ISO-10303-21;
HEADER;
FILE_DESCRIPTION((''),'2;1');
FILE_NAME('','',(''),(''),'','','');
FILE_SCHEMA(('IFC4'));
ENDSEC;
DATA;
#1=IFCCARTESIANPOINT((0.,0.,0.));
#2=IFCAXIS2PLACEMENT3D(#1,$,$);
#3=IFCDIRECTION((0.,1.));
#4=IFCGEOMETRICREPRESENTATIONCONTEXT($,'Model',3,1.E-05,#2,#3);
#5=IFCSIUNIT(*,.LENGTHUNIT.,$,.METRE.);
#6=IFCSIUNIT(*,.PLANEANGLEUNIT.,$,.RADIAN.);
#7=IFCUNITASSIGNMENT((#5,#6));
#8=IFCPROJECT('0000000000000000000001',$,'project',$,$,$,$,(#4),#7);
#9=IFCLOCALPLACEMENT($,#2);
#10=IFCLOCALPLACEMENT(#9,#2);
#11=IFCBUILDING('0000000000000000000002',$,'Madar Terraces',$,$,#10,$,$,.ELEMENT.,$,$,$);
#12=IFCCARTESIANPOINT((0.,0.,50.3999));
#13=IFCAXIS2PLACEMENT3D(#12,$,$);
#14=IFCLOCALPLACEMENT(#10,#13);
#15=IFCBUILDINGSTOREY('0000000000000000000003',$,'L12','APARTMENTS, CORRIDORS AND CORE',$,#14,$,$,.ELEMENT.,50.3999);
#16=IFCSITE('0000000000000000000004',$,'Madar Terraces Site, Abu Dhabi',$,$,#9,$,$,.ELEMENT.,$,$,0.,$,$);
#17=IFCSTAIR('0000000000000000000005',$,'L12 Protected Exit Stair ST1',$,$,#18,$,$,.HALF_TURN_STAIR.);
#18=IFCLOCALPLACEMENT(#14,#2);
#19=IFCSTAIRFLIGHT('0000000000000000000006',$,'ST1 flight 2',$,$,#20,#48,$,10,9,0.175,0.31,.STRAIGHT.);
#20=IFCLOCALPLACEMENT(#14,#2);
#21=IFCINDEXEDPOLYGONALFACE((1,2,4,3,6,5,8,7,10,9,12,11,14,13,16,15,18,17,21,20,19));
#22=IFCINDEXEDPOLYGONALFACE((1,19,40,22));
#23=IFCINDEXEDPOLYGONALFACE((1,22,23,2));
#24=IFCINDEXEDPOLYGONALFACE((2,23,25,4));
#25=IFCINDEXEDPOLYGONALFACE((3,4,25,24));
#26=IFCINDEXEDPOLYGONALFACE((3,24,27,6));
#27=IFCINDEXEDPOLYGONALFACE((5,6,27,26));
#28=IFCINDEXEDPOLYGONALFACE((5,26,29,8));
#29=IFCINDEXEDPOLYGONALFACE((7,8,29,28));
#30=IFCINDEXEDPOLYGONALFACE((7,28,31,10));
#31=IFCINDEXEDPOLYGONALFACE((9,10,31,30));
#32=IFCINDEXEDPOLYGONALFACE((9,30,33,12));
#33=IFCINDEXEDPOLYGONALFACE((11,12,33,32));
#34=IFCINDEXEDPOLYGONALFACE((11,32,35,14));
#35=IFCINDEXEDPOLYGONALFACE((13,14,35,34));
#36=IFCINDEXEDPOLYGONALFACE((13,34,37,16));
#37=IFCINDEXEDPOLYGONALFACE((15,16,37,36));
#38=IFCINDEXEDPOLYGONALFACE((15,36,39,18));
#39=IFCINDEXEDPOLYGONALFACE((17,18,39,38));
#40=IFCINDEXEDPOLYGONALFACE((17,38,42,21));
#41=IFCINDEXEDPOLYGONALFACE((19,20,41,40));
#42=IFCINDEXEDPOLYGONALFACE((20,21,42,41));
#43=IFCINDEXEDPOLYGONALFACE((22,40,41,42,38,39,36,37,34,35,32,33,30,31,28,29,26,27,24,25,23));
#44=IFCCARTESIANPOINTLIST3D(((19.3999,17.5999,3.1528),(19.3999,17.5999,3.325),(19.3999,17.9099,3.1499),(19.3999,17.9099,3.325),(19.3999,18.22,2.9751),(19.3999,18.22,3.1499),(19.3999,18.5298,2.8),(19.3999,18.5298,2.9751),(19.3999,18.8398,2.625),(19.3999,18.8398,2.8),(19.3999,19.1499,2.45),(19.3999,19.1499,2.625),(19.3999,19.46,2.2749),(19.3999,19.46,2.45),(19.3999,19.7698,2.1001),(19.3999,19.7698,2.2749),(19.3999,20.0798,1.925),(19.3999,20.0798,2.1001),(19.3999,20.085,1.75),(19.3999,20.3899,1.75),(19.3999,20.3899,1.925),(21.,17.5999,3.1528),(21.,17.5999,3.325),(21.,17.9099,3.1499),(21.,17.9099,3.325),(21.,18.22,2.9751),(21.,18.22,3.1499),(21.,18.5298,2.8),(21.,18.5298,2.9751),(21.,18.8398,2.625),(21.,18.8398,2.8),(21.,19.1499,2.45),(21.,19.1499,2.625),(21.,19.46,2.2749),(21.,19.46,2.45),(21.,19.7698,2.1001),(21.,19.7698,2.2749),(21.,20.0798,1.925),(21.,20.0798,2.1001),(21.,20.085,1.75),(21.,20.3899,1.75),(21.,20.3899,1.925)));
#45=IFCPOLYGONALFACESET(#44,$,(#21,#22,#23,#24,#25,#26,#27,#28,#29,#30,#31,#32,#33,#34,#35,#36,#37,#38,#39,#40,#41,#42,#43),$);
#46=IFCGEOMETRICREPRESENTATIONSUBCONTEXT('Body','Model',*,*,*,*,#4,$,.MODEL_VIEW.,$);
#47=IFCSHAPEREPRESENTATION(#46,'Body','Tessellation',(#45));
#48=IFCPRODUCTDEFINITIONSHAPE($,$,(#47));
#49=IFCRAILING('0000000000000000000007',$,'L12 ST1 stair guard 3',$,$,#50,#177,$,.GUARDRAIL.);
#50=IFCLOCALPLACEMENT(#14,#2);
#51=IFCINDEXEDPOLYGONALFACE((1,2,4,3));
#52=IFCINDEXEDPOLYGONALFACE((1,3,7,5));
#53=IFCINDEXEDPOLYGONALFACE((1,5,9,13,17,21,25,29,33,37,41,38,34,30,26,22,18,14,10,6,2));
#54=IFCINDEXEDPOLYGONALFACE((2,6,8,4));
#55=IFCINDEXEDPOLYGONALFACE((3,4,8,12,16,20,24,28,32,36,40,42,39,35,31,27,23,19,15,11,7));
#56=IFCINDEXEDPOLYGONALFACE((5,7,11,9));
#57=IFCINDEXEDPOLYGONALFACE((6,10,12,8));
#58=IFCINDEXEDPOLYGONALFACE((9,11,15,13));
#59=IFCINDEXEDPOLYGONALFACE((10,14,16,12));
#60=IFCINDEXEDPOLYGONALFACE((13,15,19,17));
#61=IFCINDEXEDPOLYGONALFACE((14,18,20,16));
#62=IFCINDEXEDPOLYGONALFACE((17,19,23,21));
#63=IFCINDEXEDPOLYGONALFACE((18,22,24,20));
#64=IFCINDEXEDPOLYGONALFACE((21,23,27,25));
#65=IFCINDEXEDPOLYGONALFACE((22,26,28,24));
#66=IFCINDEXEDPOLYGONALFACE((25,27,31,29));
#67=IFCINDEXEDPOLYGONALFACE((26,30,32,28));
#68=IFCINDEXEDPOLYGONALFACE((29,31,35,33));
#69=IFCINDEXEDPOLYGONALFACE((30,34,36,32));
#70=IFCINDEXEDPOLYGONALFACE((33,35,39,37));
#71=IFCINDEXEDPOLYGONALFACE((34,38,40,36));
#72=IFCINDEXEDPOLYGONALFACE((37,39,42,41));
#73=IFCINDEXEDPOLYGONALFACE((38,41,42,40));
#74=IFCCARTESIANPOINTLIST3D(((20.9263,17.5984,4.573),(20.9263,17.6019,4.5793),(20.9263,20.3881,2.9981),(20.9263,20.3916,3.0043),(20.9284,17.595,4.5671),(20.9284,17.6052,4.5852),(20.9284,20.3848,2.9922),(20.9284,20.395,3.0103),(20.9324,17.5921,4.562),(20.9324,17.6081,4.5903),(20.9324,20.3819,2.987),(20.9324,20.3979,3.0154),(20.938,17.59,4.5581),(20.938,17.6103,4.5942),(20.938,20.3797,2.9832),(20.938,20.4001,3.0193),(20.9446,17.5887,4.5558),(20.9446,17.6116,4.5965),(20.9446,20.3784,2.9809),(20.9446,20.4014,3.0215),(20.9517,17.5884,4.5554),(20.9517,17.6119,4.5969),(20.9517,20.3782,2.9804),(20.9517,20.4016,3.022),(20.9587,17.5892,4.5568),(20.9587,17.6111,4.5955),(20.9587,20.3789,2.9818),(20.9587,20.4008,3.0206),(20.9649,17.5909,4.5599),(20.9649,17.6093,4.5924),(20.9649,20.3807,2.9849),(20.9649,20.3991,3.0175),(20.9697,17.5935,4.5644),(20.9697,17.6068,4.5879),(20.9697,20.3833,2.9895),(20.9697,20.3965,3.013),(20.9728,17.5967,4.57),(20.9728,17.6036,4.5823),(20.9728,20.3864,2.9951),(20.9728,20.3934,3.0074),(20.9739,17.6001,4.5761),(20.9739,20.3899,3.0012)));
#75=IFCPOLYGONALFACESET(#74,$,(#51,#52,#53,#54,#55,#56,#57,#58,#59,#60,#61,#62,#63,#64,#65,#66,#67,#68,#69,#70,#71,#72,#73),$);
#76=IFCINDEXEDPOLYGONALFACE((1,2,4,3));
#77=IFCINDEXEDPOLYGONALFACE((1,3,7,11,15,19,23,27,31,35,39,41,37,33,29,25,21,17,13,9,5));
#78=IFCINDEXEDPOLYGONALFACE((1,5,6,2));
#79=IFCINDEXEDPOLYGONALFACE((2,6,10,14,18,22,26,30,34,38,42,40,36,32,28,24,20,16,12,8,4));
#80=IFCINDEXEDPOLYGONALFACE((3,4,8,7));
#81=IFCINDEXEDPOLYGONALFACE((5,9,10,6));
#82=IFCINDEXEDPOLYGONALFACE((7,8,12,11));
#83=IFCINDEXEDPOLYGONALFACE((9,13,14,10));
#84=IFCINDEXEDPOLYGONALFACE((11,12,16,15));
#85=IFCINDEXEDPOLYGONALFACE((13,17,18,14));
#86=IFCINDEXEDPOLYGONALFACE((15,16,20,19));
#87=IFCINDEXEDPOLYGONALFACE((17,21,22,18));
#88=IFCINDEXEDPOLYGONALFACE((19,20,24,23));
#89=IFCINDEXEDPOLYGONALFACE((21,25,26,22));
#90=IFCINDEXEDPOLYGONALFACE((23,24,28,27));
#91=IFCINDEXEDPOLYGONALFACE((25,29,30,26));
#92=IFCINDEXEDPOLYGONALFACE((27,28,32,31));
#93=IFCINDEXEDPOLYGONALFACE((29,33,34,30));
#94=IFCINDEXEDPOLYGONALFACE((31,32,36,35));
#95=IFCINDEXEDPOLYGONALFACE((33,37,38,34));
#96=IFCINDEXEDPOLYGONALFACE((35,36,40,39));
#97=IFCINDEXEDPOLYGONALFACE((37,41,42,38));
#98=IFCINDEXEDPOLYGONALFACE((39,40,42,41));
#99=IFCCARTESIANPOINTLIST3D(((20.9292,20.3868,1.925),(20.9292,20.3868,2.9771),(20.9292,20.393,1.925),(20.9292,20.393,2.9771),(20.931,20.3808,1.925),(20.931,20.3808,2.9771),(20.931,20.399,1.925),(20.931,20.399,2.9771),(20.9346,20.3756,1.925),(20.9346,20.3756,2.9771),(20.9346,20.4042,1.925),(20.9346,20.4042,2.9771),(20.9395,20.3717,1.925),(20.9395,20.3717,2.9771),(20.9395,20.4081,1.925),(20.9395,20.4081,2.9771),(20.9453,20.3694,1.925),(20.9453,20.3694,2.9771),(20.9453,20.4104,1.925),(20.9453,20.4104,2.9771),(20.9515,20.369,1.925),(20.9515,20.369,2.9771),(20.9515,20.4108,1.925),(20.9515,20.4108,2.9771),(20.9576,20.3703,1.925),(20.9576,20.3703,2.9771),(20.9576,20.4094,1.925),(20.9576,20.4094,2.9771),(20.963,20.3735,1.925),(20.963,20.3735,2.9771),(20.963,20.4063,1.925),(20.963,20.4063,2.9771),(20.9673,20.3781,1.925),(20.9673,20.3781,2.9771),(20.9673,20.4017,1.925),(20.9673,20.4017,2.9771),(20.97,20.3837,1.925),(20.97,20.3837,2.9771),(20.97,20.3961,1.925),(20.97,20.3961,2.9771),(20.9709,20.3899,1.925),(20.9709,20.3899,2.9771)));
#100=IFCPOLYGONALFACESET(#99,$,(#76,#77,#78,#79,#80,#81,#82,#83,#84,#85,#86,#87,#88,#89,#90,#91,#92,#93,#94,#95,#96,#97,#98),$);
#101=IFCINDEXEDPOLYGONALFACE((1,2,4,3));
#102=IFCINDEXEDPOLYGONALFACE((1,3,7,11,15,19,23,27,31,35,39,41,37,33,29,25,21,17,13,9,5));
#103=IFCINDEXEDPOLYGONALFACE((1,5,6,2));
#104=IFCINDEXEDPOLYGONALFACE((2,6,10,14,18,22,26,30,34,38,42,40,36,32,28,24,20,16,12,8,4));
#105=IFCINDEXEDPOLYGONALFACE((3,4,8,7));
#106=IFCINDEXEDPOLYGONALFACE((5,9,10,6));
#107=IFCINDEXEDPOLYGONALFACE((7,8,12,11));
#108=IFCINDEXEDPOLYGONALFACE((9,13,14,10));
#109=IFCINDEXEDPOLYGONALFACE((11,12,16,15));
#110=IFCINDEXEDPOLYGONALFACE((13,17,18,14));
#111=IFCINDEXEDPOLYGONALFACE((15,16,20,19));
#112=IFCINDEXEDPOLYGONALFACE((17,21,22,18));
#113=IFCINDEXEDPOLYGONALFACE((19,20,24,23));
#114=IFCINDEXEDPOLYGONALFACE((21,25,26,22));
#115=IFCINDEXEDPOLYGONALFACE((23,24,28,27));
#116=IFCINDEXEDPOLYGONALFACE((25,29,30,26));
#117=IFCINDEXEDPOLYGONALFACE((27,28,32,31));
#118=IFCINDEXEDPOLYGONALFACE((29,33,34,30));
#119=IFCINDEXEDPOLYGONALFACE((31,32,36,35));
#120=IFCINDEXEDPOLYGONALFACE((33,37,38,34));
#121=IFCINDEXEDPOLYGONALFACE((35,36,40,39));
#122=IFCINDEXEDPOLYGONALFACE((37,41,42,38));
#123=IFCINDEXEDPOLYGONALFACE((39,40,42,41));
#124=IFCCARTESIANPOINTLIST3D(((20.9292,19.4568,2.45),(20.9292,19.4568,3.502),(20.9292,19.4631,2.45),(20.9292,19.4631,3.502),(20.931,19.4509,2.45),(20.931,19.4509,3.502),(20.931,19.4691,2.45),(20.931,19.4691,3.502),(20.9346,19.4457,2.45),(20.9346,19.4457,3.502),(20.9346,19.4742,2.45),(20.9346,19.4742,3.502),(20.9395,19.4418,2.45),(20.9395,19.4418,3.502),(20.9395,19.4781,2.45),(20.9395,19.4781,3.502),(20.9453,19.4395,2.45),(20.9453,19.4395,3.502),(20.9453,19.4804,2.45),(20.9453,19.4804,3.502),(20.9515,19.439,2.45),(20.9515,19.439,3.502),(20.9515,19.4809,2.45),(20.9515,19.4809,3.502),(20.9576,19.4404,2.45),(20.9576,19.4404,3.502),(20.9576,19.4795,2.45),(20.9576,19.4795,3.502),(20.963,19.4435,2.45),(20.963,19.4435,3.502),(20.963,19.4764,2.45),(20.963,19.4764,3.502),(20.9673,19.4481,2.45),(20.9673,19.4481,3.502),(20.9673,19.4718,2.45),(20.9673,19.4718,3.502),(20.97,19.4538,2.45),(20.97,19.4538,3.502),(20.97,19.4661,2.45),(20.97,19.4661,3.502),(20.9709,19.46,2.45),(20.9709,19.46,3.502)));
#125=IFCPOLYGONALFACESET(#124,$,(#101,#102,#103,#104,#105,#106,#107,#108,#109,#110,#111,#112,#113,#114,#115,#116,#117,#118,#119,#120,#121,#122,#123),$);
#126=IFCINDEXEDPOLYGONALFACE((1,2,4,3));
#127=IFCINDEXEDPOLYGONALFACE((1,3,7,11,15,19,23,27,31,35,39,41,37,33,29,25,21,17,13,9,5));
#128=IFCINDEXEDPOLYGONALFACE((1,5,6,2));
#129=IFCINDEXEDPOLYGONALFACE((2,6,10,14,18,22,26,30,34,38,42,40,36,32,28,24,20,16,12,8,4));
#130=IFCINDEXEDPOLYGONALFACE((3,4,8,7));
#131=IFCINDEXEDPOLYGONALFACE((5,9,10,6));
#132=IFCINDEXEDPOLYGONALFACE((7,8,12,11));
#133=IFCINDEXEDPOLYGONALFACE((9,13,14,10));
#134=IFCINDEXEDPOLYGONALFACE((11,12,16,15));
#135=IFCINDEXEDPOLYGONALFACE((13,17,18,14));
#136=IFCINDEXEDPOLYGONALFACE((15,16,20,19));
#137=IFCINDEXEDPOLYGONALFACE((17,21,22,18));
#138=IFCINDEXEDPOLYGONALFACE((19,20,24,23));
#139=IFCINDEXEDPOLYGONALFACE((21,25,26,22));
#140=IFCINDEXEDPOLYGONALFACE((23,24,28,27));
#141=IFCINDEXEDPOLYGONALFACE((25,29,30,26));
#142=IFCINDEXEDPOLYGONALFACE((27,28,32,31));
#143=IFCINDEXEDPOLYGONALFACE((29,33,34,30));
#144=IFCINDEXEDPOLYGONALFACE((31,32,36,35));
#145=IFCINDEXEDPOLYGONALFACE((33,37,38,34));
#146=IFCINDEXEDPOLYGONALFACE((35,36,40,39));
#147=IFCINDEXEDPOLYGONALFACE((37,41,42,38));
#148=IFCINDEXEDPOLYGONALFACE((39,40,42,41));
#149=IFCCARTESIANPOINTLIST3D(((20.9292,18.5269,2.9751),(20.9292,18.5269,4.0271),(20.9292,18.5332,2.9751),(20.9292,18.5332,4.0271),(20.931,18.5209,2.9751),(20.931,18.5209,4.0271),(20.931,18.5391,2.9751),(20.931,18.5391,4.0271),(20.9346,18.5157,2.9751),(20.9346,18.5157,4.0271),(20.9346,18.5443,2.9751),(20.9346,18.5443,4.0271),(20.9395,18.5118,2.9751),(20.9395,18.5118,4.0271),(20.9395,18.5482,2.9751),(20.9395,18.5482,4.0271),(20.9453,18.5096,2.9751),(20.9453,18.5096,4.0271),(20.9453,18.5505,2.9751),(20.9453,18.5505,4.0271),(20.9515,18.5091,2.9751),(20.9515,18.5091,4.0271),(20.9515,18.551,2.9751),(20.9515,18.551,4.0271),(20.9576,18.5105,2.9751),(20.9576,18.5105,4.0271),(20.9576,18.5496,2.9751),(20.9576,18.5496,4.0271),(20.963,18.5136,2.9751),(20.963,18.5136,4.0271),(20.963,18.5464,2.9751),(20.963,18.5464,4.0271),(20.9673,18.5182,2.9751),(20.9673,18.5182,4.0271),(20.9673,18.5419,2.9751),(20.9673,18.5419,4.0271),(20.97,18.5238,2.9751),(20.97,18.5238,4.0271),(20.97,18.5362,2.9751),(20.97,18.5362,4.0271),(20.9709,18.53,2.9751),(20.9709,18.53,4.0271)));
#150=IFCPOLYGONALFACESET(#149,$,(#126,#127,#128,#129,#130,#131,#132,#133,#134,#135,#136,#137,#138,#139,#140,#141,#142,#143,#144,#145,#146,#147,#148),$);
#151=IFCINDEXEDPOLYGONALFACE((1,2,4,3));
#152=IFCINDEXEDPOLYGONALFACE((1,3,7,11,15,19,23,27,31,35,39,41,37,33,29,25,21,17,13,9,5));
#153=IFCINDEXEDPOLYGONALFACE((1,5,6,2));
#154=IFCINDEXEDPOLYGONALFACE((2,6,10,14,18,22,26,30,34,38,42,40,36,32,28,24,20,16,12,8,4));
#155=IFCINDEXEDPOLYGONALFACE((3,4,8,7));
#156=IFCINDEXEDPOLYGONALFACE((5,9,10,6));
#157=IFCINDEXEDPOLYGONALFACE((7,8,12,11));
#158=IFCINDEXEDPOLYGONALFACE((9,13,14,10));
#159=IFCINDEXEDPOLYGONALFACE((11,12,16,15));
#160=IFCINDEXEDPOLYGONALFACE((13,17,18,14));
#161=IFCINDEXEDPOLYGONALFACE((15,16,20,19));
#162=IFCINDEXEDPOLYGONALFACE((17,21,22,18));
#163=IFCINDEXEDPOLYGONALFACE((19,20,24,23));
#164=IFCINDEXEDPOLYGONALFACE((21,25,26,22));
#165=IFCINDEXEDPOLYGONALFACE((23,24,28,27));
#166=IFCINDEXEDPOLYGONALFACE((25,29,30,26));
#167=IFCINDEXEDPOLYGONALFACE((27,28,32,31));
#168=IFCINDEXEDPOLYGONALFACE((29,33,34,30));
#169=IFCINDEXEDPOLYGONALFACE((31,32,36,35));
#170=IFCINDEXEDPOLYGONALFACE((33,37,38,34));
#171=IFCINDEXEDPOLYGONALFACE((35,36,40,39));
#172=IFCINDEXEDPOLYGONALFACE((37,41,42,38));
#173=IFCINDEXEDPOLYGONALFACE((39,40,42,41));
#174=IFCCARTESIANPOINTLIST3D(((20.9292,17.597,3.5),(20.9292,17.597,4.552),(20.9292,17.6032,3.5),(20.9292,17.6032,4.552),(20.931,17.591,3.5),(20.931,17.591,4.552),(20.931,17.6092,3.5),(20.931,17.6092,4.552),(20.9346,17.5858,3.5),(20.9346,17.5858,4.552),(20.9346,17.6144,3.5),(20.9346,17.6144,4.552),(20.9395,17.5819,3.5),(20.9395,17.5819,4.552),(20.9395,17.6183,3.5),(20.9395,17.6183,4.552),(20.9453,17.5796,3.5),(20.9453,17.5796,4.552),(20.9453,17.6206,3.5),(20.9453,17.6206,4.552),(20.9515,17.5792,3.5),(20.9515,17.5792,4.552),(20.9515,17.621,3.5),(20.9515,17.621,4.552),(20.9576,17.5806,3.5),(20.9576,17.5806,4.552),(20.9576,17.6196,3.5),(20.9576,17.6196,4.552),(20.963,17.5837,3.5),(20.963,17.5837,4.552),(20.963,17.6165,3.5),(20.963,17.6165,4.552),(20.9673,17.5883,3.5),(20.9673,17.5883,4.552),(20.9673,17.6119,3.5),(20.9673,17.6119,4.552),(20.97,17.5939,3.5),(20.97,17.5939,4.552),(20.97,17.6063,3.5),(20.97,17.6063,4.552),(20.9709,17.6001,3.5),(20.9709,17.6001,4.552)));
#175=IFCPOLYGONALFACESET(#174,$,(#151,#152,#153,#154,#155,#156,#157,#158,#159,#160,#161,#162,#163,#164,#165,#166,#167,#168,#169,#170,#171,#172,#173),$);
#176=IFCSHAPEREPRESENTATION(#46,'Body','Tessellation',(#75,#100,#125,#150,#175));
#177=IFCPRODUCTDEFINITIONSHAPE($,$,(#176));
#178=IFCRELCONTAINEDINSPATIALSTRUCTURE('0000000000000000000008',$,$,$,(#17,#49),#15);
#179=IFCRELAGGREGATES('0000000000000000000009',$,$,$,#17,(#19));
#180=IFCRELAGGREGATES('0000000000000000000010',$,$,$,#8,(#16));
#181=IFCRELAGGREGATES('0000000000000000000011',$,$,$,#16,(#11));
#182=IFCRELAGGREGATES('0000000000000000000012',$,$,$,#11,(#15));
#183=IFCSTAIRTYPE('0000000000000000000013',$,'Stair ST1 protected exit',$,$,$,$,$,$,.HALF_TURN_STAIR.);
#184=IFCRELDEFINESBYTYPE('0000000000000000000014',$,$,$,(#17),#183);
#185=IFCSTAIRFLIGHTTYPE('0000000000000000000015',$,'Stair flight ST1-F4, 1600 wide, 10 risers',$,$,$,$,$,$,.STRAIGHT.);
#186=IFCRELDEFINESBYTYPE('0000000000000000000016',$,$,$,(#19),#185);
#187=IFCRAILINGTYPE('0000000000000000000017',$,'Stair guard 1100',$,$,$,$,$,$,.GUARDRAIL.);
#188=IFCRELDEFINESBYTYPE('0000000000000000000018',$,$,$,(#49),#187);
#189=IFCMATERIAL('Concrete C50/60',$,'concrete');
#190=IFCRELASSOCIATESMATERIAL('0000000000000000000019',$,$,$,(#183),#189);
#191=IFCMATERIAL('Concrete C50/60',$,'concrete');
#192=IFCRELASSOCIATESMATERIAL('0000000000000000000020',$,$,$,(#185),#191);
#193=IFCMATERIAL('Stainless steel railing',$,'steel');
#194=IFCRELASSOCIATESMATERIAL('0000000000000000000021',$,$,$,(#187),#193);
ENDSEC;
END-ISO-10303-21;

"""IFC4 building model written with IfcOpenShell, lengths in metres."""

from ifc_helpers import new_model, si_unit, direction, frame, origin, origin_2d, place, context, subcontext, project, spatial, polyline, circle, outline, extrude, material, type_object, element, aggregate, save


model = new_model("IFC4")

# Units and contexts
model_context = context("Model", 3, precision=1e-05, world=origin(), true_north=direction((0.0, 1.0)))
body_context = subcontext(model_context, "Body", "Model", "MODEL_VIEW")
ifc_project = project(units=[si_unit("LENGTHUNIT", "METRE"), si_unit("PLANEANGLEUNIT", "RADIAN")], contexts=[model_context])

# Site, building, storey
site_placement = place(None, origin())
site = spatial("IfcSite", under=ifc_project, at=site_placement, Name="Madar Terraces Site, Abu Dhabi", CompositionType="ELEMENT", RefElevation=0.0)
building_placement = place(site_placement, origin())
building = spatial("IfcBuilding", under=site, at=building_placement, Name="Madar Terraces", CompositionType="ELEMENT")
storey_placement = place(building_placement, frame((0.0, 0.0, 50.3999)))
storey = spatial("IfcBuildingStorey", under=building, at=storey_placement, Name="L12", Description="APARTMENTS, CORRIDORS AND CORE", CompositionType="ELEMENT", Elevation=50.3999)

# Stair, stair flight
ifc_material_1 = material(Name="Concrete C50/60", Category="concrete")
stair_type = type_object("IfcStairType", Name="Stair ST1 protected exit", PredefinedType="HALF_TURN_STAIR", material=ifc_material_1)
stair_placement = place(storey_placement, origin())
stair = element("IfcStair", 1, at=stair_placement, inside=storey, type_object=stair_type, Name="L12 Protected Exit Stair ST1", PredefinedType="HALF_TURN_STAIR")
ifc_material_2 = material(Name="Concrete C50/60", Category="concrete")
stair_flight_type = type_object("IfcStairFlightType", Name="Stair flight ST1-F4, 1600 wide, 10 risers", PredefinedType="STRAIGHT", material=ifc_material_2)
stair_flight_placement = place(storey_placement, frame((20.2, 20.3899, 1.75), z_axis=(0.0, 0.0, 1.0), x_axis=(0.0, -1.0, 0.0)))
stair_flight = element("IfcStairFlight", 2, at=stair_flight_placement, type_object=stair_flight_type, Name="ST1 flight 2", NumberOfRisers=10, NumberOfTreads=9, PredefinedType="STRAIGHT", RiserHeight=0.175, TreadLength=0.31, context=body_context, shape_type="SweptSolid", body=[
    extrude(outline(polyline([(0.0, 0.0), (0.0, 0.175), (0.3101, 0.175), (0.3101, 0.3501), (0.6201, 0.3501), (0.6201, 0.5249), (0.9299, 0.5249), (0.9299, 0.7), (1.24, 0.7), (1.24, 0.875), (1.55, 0.875), (1.55, 1.05), (1.8601, 1.05), (1.8601, 1.2251), (2.1699, 1.2251), (2.1699, 1.3999), (2.48, 1.3999), (2.48, 1.575), (2.79, 1.575), (2.79, 1.75), (2.79, 1.4028), (0.3049, 0.0), (0.0, 0.0)])), frame((0.0, 0.8, 0.0), z_axis=(0.0, -1.0, 0.0), x_axis=(1.0, 0.0, 0.0)), (0.0, 0.0, 1.0), 1.6001),
])
aggregate(stair, [stair_flight])

# Railing
ifc_material_3 = material(Name="Stainless steel railing", Category="steel")
railing_type_1 = type_object("IfcRailingType", Name="Stair guard 1100", PredefinedType="GUARDRAIL", material=ifc_material_3)
railing_1_placement = place(storey_placement, frame((20.95, 20.3899, 1.925)))
element("IfcRailing", 3, at=railing_1_placement, inside=storey, type_object=railing_type_1, Name="L12 ST1 stair guard 3", PredefinedType="GUARDRAIL", context=body_context, shape_type="SweptSolid", body=[
    extrude(circle(Radius=0.0239, at=origin_2d()), frame((0.0, 0.0, 1.0762), z_axis=(0.0, -0.870815, 0.49161), x_axis=(1.0, 0.0, 0.0)), (0.0, 0.0, 1.0), 3.2036),
    extrude(circle(Radius=0.021, at=origin_2d()), origin(), (0.0, 0.0, 1.0), 1.052),
    extrude(circle(Radius=0.021, at=origin_2d()), frame((0.0, -0.9299, 0.5249)), (0.0, 0.0, 1.0), 1.052),
    extrude(circle(Radius=0.021, at=origin_2d()), frame((0.0, -1.8599, 1.05)), (0.0, 0.0, 1.0), 1.052),
    extrude(circle(Radius=0.021, at=origin_2d()), frame((0.0, -2.7898, 1.575)), (0.0, 0.0, 1.0), 1.052),
])

save(model, "model.ifc")
